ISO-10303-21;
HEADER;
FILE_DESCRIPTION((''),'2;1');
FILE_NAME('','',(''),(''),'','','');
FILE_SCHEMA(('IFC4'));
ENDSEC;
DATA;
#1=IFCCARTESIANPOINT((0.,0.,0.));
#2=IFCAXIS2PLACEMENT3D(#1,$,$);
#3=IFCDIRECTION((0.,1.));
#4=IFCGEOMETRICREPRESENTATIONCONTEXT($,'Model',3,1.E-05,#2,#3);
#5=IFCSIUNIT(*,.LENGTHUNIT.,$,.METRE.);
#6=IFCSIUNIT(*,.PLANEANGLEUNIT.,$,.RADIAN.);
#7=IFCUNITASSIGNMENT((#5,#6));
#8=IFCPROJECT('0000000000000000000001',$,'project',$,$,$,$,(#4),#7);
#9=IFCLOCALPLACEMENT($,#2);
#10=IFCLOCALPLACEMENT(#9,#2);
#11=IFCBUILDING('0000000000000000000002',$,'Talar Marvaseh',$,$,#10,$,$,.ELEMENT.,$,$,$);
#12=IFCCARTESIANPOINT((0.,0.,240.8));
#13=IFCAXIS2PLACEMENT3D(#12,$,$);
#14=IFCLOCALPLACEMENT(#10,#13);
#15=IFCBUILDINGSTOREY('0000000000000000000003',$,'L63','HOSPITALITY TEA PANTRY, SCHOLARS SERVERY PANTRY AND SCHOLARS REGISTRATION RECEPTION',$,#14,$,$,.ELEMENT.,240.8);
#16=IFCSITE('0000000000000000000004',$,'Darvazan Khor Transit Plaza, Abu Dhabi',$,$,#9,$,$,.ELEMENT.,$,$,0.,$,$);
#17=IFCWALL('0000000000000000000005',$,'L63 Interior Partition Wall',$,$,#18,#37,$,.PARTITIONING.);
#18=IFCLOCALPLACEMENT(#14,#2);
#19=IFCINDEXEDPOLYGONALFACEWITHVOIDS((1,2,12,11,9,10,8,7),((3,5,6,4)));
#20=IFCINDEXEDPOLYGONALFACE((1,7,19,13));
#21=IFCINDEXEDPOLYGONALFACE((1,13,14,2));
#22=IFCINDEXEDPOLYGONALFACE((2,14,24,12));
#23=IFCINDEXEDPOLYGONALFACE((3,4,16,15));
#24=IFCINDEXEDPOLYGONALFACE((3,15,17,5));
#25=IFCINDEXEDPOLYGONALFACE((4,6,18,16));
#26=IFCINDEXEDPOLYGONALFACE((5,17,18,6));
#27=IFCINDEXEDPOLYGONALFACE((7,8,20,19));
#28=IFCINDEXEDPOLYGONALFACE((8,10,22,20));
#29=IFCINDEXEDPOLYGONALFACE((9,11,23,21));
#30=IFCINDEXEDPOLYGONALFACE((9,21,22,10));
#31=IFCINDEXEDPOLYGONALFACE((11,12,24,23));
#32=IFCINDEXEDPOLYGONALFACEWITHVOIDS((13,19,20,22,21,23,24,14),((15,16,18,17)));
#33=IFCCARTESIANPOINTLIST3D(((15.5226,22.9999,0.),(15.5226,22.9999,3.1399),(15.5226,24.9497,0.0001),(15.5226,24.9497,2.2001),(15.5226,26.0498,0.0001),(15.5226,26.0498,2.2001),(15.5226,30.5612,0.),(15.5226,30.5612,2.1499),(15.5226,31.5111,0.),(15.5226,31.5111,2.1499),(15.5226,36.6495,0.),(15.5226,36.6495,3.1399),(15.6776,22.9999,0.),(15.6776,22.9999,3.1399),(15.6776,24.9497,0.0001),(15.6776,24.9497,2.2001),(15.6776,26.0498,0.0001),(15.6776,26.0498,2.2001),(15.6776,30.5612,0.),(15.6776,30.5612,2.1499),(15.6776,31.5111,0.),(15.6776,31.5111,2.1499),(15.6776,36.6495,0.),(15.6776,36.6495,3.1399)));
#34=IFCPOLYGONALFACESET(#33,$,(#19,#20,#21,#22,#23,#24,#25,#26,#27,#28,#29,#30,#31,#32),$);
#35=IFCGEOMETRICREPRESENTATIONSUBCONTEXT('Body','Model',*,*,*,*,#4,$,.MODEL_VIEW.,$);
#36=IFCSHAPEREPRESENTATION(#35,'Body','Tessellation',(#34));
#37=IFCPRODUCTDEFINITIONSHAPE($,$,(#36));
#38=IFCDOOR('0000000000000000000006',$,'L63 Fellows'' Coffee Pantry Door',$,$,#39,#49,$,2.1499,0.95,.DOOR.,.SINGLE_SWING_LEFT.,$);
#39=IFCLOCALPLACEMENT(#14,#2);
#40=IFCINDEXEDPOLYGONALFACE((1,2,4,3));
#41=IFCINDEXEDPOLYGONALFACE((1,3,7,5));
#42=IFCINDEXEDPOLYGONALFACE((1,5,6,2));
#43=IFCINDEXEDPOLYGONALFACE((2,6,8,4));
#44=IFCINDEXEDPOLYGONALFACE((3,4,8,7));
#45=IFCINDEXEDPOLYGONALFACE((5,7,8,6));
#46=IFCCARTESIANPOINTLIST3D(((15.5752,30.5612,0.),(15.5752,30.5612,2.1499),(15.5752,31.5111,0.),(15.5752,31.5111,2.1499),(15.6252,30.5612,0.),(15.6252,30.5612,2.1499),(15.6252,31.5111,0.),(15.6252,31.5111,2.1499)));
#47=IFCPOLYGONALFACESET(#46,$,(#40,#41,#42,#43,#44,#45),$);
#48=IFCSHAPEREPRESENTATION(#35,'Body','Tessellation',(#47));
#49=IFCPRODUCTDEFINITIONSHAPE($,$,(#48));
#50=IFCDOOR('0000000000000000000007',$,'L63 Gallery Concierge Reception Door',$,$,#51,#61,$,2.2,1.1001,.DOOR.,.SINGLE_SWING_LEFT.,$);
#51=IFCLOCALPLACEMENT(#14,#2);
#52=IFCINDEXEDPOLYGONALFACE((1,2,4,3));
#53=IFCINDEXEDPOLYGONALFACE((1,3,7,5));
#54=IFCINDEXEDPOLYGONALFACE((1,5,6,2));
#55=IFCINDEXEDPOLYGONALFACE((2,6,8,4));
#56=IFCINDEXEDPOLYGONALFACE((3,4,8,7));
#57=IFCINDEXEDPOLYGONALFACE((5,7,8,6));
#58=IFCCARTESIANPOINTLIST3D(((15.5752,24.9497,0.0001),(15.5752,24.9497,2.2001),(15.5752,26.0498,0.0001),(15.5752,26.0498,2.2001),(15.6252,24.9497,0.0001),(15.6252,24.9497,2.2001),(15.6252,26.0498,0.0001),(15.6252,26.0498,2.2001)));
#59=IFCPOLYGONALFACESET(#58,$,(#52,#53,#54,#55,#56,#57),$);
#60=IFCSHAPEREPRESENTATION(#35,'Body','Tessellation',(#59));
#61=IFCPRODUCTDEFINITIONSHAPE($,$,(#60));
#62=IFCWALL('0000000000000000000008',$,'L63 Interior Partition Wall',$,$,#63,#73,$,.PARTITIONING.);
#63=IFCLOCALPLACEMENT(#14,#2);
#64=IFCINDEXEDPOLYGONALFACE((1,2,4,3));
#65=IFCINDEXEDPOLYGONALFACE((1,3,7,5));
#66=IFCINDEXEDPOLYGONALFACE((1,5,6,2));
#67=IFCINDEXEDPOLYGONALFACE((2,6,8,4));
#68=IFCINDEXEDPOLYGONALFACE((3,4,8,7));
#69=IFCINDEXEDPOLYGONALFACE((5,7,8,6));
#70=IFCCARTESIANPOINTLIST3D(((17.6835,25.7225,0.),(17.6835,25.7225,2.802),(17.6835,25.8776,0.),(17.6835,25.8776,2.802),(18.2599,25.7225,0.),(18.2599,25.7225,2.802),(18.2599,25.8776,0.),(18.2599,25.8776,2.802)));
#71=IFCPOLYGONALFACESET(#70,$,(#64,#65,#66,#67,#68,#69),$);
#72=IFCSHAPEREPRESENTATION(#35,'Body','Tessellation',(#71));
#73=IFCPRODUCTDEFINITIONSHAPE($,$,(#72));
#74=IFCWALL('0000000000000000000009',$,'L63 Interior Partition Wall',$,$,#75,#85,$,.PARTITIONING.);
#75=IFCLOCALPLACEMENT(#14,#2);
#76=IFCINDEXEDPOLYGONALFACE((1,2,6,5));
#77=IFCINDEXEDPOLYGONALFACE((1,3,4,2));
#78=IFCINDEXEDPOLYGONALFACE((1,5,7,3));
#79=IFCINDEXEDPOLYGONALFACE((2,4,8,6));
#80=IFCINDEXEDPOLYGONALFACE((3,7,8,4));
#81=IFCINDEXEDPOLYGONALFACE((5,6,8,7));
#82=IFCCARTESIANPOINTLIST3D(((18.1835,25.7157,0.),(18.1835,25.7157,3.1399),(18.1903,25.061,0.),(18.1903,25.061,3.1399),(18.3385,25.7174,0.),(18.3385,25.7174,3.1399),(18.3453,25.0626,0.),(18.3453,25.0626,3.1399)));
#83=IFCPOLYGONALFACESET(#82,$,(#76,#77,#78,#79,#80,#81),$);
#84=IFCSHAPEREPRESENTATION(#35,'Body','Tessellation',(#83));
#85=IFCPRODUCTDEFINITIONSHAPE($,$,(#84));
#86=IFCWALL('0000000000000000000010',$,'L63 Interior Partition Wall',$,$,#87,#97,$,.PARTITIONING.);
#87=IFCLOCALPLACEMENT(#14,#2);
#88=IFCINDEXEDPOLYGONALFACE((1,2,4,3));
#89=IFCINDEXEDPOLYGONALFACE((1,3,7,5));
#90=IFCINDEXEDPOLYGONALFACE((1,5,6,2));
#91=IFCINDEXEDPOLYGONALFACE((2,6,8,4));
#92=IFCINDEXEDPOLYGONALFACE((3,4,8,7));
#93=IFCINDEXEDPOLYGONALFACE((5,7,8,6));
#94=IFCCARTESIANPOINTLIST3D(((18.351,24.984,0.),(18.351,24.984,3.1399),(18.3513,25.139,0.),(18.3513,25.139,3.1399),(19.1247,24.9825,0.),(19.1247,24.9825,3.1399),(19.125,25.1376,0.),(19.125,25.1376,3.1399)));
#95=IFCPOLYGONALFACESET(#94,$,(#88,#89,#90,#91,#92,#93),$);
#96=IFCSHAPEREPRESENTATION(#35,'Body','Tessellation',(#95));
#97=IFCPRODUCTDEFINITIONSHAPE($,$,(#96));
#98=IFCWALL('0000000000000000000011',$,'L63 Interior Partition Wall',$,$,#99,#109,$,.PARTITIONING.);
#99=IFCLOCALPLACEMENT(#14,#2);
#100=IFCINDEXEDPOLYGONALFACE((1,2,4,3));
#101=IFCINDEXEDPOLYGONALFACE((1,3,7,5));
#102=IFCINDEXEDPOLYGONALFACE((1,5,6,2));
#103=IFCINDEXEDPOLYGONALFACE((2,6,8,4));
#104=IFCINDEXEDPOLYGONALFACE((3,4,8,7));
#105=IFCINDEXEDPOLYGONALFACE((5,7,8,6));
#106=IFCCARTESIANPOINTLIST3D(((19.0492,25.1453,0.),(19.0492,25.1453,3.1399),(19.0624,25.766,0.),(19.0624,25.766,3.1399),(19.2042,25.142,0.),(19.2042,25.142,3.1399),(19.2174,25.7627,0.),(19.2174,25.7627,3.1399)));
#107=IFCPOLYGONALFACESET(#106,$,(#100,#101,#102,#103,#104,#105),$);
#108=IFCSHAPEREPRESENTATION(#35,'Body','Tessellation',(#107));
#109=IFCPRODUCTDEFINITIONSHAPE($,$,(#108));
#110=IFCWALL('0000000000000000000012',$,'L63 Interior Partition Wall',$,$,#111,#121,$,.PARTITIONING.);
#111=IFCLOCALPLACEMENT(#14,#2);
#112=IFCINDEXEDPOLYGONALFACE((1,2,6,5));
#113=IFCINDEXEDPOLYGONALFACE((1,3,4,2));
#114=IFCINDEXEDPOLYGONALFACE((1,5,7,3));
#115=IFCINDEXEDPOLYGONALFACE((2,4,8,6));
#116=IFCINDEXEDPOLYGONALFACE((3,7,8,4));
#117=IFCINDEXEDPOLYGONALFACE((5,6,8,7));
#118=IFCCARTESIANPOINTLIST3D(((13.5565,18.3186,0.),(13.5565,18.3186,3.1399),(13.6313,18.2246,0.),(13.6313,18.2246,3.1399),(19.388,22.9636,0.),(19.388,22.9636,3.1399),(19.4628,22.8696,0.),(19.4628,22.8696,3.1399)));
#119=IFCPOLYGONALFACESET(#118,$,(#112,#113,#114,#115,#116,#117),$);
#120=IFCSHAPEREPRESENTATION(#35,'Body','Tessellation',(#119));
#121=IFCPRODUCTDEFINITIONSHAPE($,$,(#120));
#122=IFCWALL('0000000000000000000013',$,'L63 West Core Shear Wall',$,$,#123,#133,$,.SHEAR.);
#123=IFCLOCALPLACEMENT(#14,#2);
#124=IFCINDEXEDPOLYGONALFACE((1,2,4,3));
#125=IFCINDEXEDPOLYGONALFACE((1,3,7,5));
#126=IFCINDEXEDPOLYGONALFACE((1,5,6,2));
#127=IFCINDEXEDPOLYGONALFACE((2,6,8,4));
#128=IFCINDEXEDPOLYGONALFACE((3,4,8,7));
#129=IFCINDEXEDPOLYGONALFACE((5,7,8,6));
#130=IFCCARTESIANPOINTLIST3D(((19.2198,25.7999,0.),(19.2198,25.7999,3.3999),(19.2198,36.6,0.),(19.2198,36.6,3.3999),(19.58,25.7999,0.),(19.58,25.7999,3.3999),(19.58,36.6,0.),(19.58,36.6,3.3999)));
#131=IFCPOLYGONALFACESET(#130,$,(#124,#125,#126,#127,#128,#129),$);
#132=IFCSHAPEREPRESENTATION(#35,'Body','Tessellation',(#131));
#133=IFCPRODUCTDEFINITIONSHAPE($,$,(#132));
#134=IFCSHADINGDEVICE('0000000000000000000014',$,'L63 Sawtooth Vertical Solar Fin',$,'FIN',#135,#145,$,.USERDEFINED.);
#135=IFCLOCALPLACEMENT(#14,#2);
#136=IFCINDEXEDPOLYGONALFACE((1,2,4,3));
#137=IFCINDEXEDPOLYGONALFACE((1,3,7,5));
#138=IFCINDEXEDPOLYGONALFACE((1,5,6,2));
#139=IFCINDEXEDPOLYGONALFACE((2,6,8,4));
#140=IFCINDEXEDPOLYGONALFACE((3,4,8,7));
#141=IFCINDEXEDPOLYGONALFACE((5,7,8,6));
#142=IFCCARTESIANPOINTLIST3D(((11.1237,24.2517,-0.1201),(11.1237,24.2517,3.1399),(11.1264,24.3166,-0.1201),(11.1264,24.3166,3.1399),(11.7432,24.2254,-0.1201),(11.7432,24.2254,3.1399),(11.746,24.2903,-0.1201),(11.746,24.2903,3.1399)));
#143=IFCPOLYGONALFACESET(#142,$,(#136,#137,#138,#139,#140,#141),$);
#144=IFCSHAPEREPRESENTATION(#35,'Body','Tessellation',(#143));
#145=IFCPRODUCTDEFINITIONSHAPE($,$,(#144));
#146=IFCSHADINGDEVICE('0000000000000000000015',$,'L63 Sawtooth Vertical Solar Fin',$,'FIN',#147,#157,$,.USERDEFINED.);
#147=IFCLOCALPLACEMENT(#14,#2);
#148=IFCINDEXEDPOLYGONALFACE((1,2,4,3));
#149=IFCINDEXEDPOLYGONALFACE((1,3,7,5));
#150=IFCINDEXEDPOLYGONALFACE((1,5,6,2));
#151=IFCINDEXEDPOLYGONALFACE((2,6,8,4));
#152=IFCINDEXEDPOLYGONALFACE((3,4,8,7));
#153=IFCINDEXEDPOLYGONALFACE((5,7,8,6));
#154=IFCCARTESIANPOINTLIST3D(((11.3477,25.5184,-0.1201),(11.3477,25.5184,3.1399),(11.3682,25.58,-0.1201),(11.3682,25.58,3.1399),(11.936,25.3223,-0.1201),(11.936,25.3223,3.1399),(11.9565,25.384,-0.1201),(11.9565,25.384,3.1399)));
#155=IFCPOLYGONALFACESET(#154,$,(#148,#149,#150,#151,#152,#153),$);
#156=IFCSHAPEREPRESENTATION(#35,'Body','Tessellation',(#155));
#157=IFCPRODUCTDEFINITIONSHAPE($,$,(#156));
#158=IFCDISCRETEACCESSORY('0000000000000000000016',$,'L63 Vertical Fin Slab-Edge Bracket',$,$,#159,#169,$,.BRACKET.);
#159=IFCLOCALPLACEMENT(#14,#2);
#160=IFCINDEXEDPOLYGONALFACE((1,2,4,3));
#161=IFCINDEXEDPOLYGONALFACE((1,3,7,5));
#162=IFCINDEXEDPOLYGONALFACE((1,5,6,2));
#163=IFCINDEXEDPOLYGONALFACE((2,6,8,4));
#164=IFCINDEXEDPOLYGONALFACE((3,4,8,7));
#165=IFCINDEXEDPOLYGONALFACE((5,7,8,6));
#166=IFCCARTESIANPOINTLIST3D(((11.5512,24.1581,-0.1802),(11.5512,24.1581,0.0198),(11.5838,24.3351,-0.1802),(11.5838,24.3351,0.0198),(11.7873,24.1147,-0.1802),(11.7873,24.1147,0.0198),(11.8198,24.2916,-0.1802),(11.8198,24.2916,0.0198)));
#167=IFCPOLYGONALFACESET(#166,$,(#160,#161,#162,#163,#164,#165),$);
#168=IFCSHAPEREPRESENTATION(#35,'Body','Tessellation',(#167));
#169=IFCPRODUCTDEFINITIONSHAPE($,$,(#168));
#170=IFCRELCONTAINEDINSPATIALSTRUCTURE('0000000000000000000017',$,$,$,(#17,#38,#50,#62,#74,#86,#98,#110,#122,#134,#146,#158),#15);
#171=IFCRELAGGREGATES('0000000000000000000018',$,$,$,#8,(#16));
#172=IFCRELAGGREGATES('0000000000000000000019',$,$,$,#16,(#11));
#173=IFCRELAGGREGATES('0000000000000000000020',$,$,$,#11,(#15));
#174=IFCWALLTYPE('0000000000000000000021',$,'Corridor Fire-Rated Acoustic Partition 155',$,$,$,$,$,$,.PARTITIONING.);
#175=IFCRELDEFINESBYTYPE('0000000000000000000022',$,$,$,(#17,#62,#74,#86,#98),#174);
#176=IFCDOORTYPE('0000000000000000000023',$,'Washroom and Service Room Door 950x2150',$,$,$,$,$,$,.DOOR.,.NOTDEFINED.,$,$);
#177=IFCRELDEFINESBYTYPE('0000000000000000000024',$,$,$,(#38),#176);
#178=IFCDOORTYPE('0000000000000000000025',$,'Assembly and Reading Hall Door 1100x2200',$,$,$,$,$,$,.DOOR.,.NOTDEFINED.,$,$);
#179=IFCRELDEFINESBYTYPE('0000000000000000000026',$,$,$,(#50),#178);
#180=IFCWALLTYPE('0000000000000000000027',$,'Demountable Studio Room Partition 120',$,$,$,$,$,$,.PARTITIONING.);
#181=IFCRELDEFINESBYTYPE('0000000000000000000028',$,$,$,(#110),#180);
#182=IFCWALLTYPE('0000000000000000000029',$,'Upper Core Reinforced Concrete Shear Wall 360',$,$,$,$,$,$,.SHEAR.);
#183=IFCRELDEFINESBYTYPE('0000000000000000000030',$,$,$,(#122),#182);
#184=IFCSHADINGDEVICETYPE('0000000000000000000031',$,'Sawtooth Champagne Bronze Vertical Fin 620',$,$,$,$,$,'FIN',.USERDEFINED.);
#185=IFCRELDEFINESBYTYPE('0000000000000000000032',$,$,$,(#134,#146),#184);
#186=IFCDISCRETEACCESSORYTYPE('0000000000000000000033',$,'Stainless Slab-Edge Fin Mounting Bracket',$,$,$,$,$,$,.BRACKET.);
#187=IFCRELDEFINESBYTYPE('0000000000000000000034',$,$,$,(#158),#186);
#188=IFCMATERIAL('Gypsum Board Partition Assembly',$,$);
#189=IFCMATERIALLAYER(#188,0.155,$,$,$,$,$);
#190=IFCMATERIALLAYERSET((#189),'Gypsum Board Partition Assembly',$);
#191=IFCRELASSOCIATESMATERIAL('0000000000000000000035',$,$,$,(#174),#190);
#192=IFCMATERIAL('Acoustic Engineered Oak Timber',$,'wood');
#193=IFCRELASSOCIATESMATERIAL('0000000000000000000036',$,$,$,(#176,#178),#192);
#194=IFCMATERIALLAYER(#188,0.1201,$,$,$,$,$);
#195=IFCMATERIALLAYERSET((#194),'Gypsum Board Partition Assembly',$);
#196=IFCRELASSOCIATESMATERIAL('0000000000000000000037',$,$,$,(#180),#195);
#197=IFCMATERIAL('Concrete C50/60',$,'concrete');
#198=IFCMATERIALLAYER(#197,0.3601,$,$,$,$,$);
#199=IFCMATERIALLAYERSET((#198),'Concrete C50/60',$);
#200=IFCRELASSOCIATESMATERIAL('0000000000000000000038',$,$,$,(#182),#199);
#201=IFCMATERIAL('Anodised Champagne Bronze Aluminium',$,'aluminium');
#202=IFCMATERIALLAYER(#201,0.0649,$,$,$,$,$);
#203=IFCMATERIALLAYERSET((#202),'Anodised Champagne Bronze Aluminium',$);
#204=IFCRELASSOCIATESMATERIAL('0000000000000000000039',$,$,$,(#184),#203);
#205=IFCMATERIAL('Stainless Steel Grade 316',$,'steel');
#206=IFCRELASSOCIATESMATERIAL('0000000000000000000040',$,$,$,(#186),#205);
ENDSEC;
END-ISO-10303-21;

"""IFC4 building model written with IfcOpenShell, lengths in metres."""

from ifc_helpers import new_model, si_unit, direction, frame, frame_2d, origin, origin_2d, place, context, subcontext, project, spatial, rectangle, extrude, source, transform, mapped, material, layer, layer_set, type_object, type_shapes, element, fill, save


model = new_model("IFC4")

# Units and contexts
model_context = context("Model", 3, precision=1e-05, world=origin(), true_north=direction((0.0, 1.0)))
body_context = subcontext(model_context, "Body", "Model", "MODEL_VIEW")
ifc_project = project(units=[si_unit("LENGTHUNIT", "METRE"), si_unit("PLANEANGLEUNIT", "RADIAN")], contexts=[model_context])

# Site, building, storey
site_placement = place(None, origin())
site = spatial("IfcSite", under=ifc_project, at=site_placement, Name="Darvazan Khor Transit Plaza, Abu Dhabi", CompositionType="ELEMENT", RefElevation=0.0)
building_placement = place(site_placement, origin())
building = spatial("IfcBuilding", under=site, at=building_placement, Name="Talar Marvaseh", CompositionType="ELEMENT")
storey_placement = place(building_placement, frame((0.0, 0.0, 240.8)))
storey = spatial("IfcBuildingStorey", under=building, at=storey_placement, Name="L63", Description="HOSPITALITY TEA PANTRY, SCHOLARS SERVERY PANTRY AND SCHOLARS REGISTRATION RECEPTION", CompositionType="ELEMENT", Elevation=240.8)

# Shared definitions
ifc_material_1 = material(Name="Concrete C50/60", Category="concrete")

# Wall, openings, doors
ifc_material_2 = material(Name="Gypsum Board Partition Assembly")
ifc_layer_1 = layer(ifc_material_2, 0.155)
ifc_layer_set_1 = layer_set([ifc_layer_1], Name="Gypsum Board Partition Assembly")
wall_type_1 = type_object("IfcWallType", Name="Corridor Fire-Rated Acoustic Partition 155", PredefinedType="PARTITIONING", material=ifc_layer_set_1)
wall_1_placement = place(storey_placement, frame((15.6001, 23.0, 0.0), z_axis=(0.0, 0.0, 1.0), x_axis=(0.0, 1.0, 0.0)))
wall_1 = element("IfcWall", 1, at=wall_1_placement, inside=storey, type_object=wall_type_1, Name="L63 Interior Partition Wall", PredefinedType="PARTITIONING", context=body_context, shape_type="SweptSolid", body=[
    extrude(rectangle(XDim=13.6497, YDim=0.155, at=frame_2d((6.8247, 0.0))), origin(), (0.0, 0.0, 1.0), 3.1399),
])
opening_1_placement = place(wall_1_placement, frame((1.9497, 0.0, 0.0)))
opening_1 = element("IfcOpeningElement", 2, at=opening_1_placement, cuts=wall_1, PredefinedType="OPENING", context=body_context, shape_type="SweptSolid", body=[
    extrude(rectangle(XDim=1.1001, YDim=2.2, at=frame_2d((0.55, 1.1001))), frame((0.0, 0.0874, 0.0), z_axis=(0.0, -1.0, 0.0), x_axis=(1.0, 0.0, 0.0)), (0.0, 0.0, 1.0), 0.175),
])
opening_2_placement = place(wall_1_placement, frame((7.561, 0.0, 0.0)))
opening_2 = element("IfcOpeningElement", 3, at=opening_2_placement, cuts=wall_1, PredefinedType="OPENING", context=body_context, shape_type="SweptSolid", body=[
    extrude(rectangle(XDim=0.95, YDim=2.1499, at=frame_2d((0.4751, 1.075))), frame((0.0, 0.0874, 0.0), z_axis=(0.0, -1.0, 0.0), x_axis=(1.0, 0.0, 0.0)), (0.0, 0.0, 1.0), 0.175),
])
ifc_material_3 = material(Name="Acoustic Engineered Oak Timber", Category="wood")
door_type_1 = type_object("IfcDoorType", Name="Washroom and Service Room Door 950x2150", OperationType="NOTDEFINED", PredefinedType="DOOR", material=ifc_material_3)
shared_shape_1 = source(origin(), body_context, "Body", "SweptSolid", [
    extrude(rectangle(XDim=0.95, YDim=2.1499, at=frame_2d((0.4751, 1.075))), frame((0.0, 0.0249, 0.0), z_axis=(0.0, -1.0, 0.0), x_axis=(1.0, 0.0, 0.0)), (0.0, 0.0, 1.0), 0.05),
])
type_shapes(door_type_1, [shared_shape_1])
door_1_placement = place(opening_2_placement, origin())
door_1 = element("IfcDoor", 4, at=door_1_placement, inside=storey, type_object=door_type_1, Name="L63 Fellows' Coffee Pantry Door", OperationType="SINGLE_SWING_LEFT", OverallHeight=2.1499, OverallWidth=0.95, PredefinedType="DOOR", context=body_context, shape_type="MappedRepresentation", body=[
    mapped(shared_shape_1, transform((0.0, 0.0, 0.0), x_axis=(1.0, 0.0, 0.0), y_axis=(0.0, 1.0, 0.0), z_axis=(0.0, 0.0, 1.0), scale=1.0)),
])
fill(opening_2, door_1)
door_type_2 = type_object("IfcDoorType", Name="Assembly and Reading Hall Door 1100x2200", OperationType="NOTDEFINED", PredefinedType="DOOR", material=ifc_material_3)
shared_shape_2 = source(origin(), body_context, "Body", "SweptSolid", [
    extrude(rectangle(XDim=1.1001, YDim=2.2, at=frame_2d((0.55, 1.1001))), frame((0.0, 0.0249, 0.0), z_axis=(0.0, -1.0, 0.0), x_axis=(1.0, 0.0, 0.0)), (0.0, 0.0, 1.0), 0.05),
])
type_shapes(door_type_2, [shared_shape_2])
door_2_placement = place(opening_1_placement, origin())
door_2 = element("IfcDoor", 5, at=door_2_placement, inside=storey, type_object=door_type_2, Name="L63 Gallery Concierge Reception Door", OperationType="SINGLE_SWING_LEFT", OverallHeight=2.2, OverallWidth=1.1001, PredefinedType="DOOR", context=body_context, shape_type="MappedRepresentation", body=[
    mapped(shared_shape_2, transform((0.0, 0.0, 0.0), x_axis=(1.0, 0.0, 0.0), y_axis=(0.0, 1.0, 0.0), z_axis=(0.0, 0.0, 1.0), scale=1.0)),
])
fill(opening_1, door_2)

# Walls
wall_2_placement = place(storey_placement, frame((17.6836, 25.8, 0.0), z_axis=(0.0, 0.0, 1.0), x_axis=(1.0, 0.0, 0.0)))
element("IfcWall", 6, at=wall_2_placement, inside=storey, type_object=wall_type_1, Name="L63 Interior Partition Wall", PredefinedType="PARTITIONING", context=body_context, shape_type="SweptSolid", body=[
    extrude(rectangle(XDim=0.5764, YDim=0.155, at=frame_2d((0.2881, 0.0))), origin(), (0.0, 0.0, 1.0), 2.802),
])
wall_3_placement = place(storey_placement, frame((18.261, 25.7166, 0.0), z_axis=(0.0, 0.0, 1.0), x_axis=(0.010439, -0.999946, 0.0)))
element("IfcWall", 7, at=wall_3_placement, inside=storey, type_object=wall_type_1, Name="L63 Interior Partition Wall", PredefinedType="PARTITIONING", context=body_context, shape_type="SweptSolid", body=[
    extrude(rectangle(XDim=0.6548, YDim=0.155, at=frame_2d((0.3274, 0.0))), origin(), (0.0, 0.0, 1.0), 3.1399),
])
wall_4_placement = place(storey_placement, frame((18.3513, 25.0615, 0.0), z_axis=(0.0, 0.0, 1.0), x_axis=(0.999998, -0.001893, 0.0)))
element("IfcWall", 8, at=wall_4_placement, inside=storey, type_object=wall_type_1, Name="L63 Interior Partition Wall", PredefinedType="PARTITIONING", context=body_context, shape_type="SweptSolid", body=[
    extrude(rectangle(XDim=0.7737, YDim=0.155, at=frame_2d((0.3867, 0.0))), origin(), (0.0, 0.0, 1.0), 3.1399),
])
wall_5_placement = place(storey_placement, frame((19.1267, 25.1436, 0.0), z_axis=(0.0, 0.0, 1.0), x_axis=(0.021238, 0.999774, 0.0)))
element("IfcWall", 9, at=wall_5_placement, inside=storey, type_object=wall_type_1, Name="L63 Interior Partition Wall", PredefinedType="PARTITIONING", context=body_context, shape_type="SweptSolid", body=[
    extrude(rectangle(XDim=0.6208, YDim=0.155, at=frame_2d((0.3105, 0.0))), origin(), (0.0, 0.0, 1.0), 3.1399),
])
ifc_layer_2 = layer(ifc_material_2, 0.1201)
ifc_layer_set_2 = layer_set([ifc_layer_2], Name="Gypsum Board Partition Assembly")
wall_type_2 = type_object("IfcWallType", Name="Demountable Studio Room Partition 120", PredefinedType="PARTITIONING", material=ifc_layer_set_2)
wall_6_placement = place(storey_placement, frame((19.4253, 22.9165, 0.0), z_axis=(0.0, 0.0, 1.0), x_axis=(-0.78219, -0.62304, 0.0)))
element("IfcWall", 10, at=wall_6_placement, inside=storey, type_object=wall_type_2, Name="L63 Interior Partition Wall", PredefinedType="PARTITIONING", context=body_context, shape_type="SweptSolid", body=[
    extrude(rectangle(XDim=7.4553, YDim=0.1201, at=frame_2d((3.7275, 0.0))), origin(), (0.0, 0.0, 1.0), 3.1399),
])
ifc_layer_3 = layer(ifc_material_1, 0.3601)
ifc_layer_set_3 = layer_set([ifc_layer_3], Name="Concrete C50/60")
wall_type_3 = type_object("IfcWallType", Name="Upper Core Reinforced Concrete Shear Wall 360", PredefinedType="SHEAR", material=ifc_layer_set_3)
wall_7_placement = place(storey_placement, frame((19.3999, 25.8, 0.0), z_axis=(0.0, 0.0, 1.0), x_axis=(0.0, 1.0, 0.0)))
element("IfcWall", 11, at=wall_7_placement, inside=storey, type_object=wall_type_3, Name="L63 West Core Shear Wall", PredefinedType="SHEAR", context=body_context, shape_type="SweptSolid", body=[
    extrude(rectangle(XDim=10.8, YDim=0.3601, at=frame_2d((5.3999, 0.0))), origin(), (0.0, 0.0, 1.0), 3.3999),
])

# Shading devices
ifc_material_4 = material(Name="Anodised Champagne Bronze Aluminium", Category="aluminium")
ifc_layer_4 = layer(ifc_material_4, 0.0649)
ifc_layer_set_4 = layer_set([ifc_layer_4], Name="Anodised Champagne Bronze Aluminium")
shading_device_type = type_object("IfcShadingDeviceType", Name="Sawtooth Champagne Bronze Vertical Fin 620", ElementType="FIN", PredefinedType="USERDEFINED", material=ifc_layer_set_4)
shared_shape_3 = source(origin(), body_context, "Body", "SweptSolid", [
    extrude(rectangle(XDim=0.6201, YDim=0.0649, at=origin_2d()), origin(), (0.0, 0.0, 1.0), 3.26),
])
type_shapes(shading_device_type, [shared_shape_3])
for number, where, z_axis, x_axis, name in (
    (12, (11.4348, 24.271, -0.1201), (0.0, 0.0, 1.0), (-0.999101, 0.042399, 0.0), "L63 Sawtooth Vertical Solar Fin"),
    (13, (11.6521, 25.4512, -0.1201), (0.0, 0.0, 1.0), (-0.948711, 0.316146, 0.0), "L63 Sawtooth Vertical Solar Fin"),
):
    element("IfcShadingDevice", number, at=place(storey_placement, frame(where, z_axis=z_axis, x_axis=x_axis)), inside=storey, type_object=shading_device_type, Name=name, ObjectType="FIN", PredefinedType="USERDEFINED", context=body_context, shape_type="MappedRepresentation", body=[
        mapped(shared_shape_3, transform((0.0, 0.0, 0.0), x_axis=(1.0, 0.0, 0.0), y_axis=(0.0, 1.0, 0.0), z_axis=(0.0, 0.0, 1.0), scale=1.0)),
    ])

# Discrete accessory
ifc_material_5 = material(Name="Stainless Steel Grade 316", Category="steel")
discrete_accessory_type = type_object("IfcDiscreteAccessoryType", Name="Stainless Slab-Edge Fin Mounting Bracket", PredefinedType="BRACKET", material=ifc_material_5)
shared_shape_4 = source(origin(), body_context, "Body", "SweptSolid", [
    extrude(rectangle(XDim=0.24, YDim=0.1799, at=origin_2d()), origin(), (0.0, 0.0, 1.0), 0.2),
])
type_shapes(discrete_accessory_type, [shared_shape_4])
for number, where, z_axis, x_axis, name in (
    (14, (11.6855, 24.2249, -0.1802), (0.0, 0.0, 1.0), (-0.983477, 0.181034, 0.0), "L63 Vertical Fin Slab-Edge Bracket"),
):
    element("IfcDiscreteAccessory", number, at=place(storey_placement, frame(where, z_axis=z_axis, x_axis=x_axis)), inside=storey, type_object=discrete_accessory_type, Name=name, PredefinedType="BRACKET", context=body_context, shape_type="MappedRepresentation", body=[
        mapped(shared_shape_4, transform((0.0, 0.0, 0.0), x_axis=(1.0, 0.0, 0.0), y_axis=(0.0, 1.0, 0.0), z_axis=(0.0, 0.0, 1.0), scale=1.0)),
    ])

save(model, "model.ifc")
